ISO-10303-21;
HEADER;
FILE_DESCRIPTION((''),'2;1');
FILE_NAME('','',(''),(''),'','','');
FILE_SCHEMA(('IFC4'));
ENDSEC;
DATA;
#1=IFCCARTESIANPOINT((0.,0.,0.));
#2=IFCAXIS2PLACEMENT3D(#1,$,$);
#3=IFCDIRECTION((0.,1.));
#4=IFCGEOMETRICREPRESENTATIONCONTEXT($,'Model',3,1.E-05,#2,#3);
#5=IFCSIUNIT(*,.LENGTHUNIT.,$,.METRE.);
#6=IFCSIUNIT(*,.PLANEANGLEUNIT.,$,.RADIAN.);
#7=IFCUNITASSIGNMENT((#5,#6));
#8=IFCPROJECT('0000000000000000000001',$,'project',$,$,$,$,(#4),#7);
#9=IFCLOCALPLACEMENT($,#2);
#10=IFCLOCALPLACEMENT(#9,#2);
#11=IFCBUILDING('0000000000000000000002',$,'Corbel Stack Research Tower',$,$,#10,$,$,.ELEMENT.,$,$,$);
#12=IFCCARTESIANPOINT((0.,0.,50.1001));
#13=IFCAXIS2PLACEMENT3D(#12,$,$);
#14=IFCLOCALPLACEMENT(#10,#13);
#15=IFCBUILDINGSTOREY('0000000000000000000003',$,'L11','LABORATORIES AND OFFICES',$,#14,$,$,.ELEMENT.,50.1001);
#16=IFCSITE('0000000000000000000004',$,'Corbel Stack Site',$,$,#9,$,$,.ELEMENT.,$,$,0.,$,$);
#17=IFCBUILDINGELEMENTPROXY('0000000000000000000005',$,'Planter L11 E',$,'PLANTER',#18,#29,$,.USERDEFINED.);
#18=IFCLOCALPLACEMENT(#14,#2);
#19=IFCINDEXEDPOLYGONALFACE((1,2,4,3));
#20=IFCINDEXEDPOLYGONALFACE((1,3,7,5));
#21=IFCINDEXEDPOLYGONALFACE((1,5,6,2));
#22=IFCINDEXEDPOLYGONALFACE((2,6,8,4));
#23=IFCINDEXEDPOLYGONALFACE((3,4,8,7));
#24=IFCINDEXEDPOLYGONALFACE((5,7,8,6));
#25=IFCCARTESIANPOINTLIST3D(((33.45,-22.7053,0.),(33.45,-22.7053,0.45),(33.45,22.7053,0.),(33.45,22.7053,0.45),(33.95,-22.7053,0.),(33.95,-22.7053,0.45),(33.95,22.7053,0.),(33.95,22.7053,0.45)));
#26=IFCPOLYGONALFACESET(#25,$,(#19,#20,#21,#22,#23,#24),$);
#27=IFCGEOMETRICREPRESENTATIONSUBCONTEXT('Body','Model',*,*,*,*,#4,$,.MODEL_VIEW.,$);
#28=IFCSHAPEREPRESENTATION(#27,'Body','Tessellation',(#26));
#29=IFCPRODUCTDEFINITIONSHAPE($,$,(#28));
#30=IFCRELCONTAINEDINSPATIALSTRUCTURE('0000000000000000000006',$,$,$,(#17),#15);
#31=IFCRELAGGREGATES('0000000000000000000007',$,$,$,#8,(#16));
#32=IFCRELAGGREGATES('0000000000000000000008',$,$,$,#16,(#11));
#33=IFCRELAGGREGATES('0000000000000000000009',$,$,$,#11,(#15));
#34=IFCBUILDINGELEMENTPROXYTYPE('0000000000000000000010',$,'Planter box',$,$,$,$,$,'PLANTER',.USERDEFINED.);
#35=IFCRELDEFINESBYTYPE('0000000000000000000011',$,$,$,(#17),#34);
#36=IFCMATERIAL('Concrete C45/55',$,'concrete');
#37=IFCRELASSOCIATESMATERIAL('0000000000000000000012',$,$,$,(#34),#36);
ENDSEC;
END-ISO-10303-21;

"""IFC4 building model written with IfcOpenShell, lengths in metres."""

from ifc_helpers import new_model, si_unit, direction, frame, origin, origin_2d, place, context, subcontext, project, spatial, rectangle, extrude, material, type_object, element, save


model = new_model("IFC4")

# Units and contexts
model_context = context("Model", 3, precision=1e-05, world=origin(), true_north=direction((0.0, 1.0)))
body_context = subcontext(model_context, "Body", "Model", "MODEL_VIEW")
ifc_project = project(units=[si_unit("LENGTHUNIT", "METRE"), si_unit("PLANEANGLEUNIT", "RADIAN")], contexts=[model_context])

# Site, building, storey
site_placement = place(None, origin())
site = spatial("IfcSite", under=ifc_project, at=site_placement, Name="Corbel Stack Site", CompositionType="ELEMENT", RefElevation=0.0)
building_placement = place(site_placement, origin())
building = spatial("IfcBuilding", under=site, at=building_placement, Name="Corbel Stack Research Tower", CompositionType="ELEMENT")
storey_placement = place(building_placement, frame((0.0, 0.0, 50.1001)))
storey = spatial("IfcBuildingStorey", under=building, at=storey_placement, Name="L11", Description="LABORATORIES AND OFFICES", CompositionType="ELEMENT", Elevation=50.1001)

# Building element proxy
ifc_material_1 = material(Name="Concrete C45/55", Category="concrete")
building_element_proxy_type = type_object("IfcBuildingElementProxyType", Name="Planter box", ElementType="PLANTER", PredefinedType="USERDEFINED", material=ifc_material_1)
proxy_placement = place(storey_placement, frame((33.7, 0.0, 0.0), z_axis=(0.0, 0.0, 1.0), x_axis=(0.0, 1.0, 0.0)))
element("IfcBuildingElementProxy", 1, at=proxy_placement, inside=storey, type_object=building_element_proxy_type, Name="Planter L11 E", ObjectType="PLANTER", PredefinedType="USERDEFINED", context=body_context, shape_type="SweptSolid", body=[
    extrude(rectangle(XDim=45.4106, YDim=0.5, at=origin_2d()), origin(), (0.0, 0.0, 1.0), 0.45),
])

save(model, "model.ifc")
